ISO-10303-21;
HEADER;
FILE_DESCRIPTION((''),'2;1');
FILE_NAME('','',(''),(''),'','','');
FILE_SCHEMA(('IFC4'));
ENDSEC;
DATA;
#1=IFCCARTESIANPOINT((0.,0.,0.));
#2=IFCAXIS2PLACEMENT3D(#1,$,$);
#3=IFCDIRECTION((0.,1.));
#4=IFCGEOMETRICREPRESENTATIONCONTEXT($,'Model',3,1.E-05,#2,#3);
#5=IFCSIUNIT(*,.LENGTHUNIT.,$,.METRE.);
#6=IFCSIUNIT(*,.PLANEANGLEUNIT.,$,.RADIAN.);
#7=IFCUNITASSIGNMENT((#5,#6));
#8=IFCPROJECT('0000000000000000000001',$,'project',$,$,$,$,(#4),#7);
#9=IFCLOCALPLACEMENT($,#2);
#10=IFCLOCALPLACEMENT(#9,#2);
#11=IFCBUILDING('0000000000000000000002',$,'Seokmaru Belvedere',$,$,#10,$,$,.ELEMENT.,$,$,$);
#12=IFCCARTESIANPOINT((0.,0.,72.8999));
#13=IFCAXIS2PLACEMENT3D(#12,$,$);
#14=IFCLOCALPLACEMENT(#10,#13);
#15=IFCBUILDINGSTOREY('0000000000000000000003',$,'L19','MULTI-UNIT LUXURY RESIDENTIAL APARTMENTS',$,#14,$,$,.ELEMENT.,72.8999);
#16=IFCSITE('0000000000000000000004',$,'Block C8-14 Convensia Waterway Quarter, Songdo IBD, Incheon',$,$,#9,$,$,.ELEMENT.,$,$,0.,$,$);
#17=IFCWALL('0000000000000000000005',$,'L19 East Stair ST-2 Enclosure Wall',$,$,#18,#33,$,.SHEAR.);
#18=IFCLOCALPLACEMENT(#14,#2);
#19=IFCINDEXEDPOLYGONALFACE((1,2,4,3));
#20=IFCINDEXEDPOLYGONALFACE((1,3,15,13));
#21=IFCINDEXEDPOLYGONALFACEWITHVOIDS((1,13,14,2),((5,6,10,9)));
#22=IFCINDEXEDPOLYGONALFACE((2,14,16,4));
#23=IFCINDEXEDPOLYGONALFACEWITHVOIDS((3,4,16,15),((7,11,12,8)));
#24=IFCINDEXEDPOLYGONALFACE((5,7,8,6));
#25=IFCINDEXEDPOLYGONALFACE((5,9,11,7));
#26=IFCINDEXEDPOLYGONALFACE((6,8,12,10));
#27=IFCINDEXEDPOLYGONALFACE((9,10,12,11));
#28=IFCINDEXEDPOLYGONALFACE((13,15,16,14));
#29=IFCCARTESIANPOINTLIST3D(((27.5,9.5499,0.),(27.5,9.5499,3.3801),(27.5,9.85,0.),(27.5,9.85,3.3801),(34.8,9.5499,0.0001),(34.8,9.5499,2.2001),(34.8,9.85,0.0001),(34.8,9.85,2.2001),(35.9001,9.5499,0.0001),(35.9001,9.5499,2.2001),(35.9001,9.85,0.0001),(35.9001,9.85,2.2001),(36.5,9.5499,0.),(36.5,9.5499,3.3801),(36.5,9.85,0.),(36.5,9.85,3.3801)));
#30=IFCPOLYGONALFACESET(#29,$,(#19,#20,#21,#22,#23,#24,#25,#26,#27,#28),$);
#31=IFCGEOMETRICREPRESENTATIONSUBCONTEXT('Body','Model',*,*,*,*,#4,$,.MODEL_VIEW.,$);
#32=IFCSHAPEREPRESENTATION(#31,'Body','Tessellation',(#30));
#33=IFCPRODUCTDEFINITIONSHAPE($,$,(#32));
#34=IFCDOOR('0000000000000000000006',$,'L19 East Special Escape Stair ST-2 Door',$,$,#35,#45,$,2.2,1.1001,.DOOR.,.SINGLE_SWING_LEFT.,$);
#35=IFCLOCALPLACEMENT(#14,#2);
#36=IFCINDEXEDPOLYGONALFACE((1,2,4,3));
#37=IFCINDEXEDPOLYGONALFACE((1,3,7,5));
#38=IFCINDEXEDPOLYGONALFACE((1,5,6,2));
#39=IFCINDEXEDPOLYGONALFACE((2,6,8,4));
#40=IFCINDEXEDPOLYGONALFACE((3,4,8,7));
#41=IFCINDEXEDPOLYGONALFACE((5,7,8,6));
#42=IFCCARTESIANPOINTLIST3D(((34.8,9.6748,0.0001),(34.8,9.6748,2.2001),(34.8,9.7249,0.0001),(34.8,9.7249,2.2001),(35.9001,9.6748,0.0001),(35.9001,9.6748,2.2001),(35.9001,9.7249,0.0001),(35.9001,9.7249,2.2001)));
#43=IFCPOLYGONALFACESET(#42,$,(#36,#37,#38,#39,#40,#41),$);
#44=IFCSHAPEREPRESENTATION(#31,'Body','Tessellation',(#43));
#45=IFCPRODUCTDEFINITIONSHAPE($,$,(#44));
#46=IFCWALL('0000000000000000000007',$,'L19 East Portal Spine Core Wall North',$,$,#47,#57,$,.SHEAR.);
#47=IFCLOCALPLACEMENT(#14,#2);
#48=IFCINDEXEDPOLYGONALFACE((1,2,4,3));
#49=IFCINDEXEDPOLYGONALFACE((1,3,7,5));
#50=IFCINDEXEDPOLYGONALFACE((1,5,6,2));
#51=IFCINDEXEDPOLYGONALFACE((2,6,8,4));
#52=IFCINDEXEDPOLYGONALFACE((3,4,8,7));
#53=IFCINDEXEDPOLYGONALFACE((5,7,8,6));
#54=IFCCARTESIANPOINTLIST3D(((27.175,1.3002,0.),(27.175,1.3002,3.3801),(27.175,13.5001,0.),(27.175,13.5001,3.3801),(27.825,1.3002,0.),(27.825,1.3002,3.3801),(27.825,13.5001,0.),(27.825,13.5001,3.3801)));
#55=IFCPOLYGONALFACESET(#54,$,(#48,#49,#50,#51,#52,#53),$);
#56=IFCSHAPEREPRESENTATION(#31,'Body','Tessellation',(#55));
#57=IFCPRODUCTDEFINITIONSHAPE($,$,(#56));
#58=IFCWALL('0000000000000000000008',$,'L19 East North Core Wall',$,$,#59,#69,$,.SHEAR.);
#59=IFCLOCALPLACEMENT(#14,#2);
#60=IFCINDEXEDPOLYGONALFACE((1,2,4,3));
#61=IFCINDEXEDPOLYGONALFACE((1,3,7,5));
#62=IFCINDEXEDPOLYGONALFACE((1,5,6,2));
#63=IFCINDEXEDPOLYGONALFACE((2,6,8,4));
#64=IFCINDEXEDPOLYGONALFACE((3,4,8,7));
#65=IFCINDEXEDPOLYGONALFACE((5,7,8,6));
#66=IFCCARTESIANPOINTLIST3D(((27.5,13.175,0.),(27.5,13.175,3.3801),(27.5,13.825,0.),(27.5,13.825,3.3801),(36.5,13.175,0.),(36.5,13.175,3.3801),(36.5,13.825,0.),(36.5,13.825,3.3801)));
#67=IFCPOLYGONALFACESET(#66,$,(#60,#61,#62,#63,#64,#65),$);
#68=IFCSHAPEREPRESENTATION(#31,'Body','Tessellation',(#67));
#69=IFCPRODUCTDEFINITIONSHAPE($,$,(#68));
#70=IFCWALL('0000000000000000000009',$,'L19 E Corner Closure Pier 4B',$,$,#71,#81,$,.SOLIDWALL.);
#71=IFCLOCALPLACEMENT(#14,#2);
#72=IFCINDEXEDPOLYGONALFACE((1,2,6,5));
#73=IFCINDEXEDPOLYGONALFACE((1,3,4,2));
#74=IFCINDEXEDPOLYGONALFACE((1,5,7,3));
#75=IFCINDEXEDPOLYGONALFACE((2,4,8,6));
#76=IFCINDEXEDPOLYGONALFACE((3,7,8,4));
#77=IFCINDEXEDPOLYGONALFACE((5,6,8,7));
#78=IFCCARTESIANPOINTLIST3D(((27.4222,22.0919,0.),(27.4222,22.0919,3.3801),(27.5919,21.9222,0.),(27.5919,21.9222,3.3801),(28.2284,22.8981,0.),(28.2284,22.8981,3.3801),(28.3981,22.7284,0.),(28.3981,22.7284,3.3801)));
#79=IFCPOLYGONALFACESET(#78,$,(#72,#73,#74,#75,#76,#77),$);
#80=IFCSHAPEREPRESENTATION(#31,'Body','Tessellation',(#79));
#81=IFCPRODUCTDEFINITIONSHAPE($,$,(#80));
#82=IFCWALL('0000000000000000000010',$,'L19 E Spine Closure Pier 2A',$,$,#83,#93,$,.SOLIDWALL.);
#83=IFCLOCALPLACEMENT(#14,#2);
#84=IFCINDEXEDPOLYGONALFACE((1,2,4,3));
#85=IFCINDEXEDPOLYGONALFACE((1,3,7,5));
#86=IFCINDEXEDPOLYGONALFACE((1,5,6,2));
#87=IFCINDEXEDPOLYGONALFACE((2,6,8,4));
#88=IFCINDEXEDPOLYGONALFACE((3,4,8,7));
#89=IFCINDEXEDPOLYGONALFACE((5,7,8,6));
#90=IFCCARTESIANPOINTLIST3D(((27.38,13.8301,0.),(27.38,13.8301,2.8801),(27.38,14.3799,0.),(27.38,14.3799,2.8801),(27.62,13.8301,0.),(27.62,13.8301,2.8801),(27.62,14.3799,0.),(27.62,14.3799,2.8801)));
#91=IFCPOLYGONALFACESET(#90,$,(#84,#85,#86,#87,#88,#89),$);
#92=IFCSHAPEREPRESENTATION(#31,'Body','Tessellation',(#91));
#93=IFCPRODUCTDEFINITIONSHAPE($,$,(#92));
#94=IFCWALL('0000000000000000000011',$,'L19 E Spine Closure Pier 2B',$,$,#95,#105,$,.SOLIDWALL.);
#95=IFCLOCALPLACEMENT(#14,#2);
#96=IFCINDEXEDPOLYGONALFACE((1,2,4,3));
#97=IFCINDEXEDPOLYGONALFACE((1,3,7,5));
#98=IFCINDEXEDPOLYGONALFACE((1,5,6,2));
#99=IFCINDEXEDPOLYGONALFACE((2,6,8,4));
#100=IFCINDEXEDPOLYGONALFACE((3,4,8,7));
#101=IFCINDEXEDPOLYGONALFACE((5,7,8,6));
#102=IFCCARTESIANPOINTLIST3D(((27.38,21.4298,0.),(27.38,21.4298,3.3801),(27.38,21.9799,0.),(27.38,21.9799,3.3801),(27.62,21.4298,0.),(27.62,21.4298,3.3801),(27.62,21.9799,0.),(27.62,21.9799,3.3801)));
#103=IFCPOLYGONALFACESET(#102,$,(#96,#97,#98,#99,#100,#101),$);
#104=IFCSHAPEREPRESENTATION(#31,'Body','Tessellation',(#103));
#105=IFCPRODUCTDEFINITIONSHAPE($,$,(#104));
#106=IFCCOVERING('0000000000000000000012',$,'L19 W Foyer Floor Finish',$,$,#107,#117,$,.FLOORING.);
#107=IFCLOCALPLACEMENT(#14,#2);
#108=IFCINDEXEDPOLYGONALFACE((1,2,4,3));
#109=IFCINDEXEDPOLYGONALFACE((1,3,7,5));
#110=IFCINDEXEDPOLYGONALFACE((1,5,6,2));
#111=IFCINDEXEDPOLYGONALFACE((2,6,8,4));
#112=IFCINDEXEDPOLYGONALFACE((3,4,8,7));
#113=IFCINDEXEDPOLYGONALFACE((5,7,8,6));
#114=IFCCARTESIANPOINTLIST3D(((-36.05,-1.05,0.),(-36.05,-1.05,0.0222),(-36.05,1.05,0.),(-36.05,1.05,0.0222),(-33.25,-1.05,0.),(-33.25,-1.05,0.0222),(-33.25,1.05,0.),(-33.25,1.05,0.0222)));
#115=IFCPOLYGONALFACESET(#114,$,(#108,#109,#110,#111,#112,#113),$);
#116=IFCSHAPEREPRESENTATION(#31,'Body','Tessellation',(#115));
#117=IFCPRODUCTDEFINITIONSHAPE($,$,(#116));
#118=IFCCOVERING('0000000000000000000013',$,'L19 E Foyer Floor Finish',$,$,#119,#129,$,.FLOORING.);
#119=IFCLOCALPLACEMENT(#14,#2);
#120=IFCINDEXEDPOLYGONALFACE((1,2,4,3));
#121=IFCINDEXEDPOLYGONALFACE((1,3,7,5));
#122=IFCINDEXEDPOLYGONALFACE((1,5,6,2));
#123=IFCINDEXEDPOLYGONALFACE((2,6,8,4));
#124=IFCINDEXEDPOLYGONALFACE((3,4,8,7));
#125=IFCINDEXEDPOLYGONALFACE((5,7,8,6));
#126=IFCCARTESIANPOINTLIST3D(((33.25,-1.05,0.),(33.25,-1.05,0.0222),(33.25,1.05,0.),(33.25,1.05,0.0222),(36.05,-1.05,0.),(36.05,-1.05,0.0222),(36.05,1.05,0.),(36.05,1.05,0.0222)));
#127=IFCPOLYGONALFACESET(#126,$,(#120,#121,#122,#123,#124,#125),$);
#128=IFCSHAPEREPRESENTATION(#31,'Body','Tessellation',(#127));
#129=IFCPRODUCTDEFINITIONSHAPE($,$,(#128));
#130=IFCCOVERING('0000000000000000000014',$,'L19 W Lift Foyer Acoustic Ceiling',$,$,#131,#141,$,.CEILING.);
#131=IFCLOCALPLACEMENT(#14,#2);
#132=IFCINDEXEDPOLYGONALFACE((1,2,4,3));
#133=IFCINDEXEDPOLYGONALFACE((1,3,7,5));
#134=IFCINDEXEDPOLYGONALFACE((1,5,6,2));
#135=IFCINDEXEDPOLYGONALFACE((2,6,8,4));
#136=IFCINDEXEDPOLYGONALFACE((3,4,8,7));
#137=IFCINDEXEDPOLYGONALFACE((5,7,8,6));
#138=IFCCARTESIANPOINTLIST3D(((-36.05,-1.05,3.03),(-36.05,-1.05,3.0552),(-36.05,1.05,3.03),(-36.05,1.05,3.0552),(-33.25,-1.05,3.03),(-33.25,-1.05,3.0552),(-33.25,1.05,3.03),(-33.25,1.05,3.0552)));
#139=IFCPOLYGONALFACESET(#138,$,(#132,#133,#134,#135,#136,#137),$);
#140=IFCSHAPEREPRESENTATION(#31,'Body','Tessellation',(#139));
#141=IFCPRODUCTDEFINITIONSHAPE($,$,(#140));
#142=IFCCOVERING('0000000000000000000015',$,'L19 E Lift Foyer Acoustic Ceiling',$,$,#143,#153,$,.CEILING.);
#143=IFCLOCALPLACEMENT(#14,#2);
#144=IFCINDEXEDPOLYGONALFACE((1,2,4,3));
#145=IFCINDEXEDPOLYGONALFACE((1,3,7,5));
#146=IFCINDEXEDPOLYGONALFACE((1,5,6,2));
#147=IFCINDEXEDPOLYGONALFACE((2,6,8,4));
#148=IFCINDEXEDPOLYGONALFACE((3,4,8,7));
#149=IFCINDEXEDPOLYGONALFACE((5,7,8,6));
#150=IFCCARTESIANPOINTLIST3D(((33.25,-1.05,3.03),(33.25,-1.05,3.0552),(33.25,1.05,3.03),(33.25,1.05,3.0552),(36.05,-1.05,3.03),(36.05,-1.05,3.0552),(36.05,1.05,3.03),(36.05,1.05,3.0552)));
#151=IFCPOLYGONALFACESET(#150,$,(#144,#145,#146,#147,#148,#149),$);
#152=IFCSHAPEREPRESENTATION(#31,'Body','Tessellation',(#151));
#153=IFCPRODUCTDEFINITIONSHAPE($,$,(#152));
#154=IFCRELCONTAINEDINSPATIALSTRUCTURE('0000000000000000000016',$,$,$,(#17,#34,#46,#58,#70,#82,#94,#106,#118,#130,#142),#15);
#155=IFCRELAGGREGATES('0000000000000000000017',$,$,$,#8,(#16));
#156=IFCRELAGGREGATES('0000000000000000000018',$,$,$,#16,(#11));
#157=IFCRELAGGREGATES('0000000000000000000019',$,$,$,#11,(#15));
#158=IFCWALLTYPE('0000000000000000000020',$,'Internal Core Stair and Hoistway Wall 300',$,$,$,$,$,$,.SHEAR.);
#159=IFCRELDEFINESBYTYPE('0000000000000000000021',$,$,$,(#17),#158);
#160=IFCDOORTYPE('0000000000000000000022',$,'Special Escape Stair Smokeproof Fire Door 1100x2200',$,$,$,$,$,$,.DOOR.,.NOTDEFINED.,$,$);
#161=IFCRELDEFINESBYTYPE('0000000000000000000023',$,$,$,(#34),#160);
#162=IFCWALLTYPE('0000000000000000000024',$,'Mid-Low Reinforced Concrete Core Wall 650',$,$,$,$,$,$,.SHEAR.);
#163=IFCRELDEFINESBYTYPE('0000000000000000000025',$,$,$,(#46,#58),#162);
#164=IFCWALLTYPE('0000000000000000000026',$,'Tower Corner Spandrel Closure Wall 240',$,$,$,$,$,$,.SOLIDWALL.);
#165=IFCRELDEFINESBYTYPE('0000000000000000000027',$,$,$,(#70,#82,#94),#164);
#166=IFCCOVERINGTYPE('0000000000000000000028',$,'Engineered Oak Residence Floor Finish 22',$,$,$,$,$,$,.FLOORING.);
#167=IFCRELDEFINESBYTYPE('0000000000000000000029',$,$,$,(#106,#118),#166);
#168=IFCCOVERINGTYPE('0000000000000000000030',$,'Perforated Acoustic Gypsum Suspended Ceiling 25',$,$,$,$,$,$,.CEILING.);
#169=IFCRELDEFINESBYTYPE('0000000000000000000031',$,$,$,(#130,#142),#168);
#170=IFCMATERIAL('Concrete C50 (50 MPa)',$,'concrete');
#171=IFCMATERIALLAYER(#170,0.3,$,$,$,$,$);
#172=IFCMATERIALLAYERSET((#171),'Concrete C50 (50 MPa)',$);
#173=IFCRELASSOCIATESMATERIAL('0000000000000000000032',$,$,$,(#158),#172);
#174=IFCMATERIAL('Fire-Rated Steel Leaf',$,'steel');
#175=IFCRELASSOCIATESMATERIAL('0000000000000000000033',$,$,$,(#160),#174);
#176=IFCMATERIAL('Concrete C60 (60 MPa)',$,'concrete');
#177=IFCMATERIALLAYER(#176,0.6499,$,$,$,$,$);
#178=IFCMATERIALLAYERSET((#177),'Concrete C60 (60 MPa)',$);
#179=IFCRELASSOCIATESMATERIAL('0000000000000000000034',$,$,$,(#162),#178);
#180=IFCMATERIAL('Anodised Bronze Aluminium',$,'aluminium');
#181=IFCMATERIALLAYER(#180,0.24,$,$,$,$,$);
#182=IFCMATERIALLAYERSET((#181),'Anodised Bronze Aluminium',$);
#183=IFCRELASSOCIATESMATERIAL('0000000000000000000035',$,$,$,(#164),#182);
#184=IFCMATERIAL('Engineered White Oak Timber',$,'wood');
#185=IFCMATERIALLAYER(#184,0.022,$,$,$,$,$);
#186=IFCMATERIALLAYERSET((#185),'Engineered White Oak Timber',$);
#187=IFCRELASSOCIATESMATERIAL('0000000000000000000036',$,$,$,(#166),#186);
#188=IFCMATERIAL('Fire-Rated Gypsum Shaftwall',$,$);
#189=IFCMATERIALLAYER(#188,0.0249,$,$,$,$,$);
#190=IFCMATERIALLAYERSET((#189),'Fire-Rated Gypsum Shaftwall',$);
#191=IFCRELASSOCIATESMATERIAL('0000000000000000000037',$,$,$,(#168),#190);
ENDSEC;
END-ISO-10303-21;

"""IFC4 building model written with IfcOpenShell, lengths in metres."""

from ifc_helpers import new_model, si_unit, direction, frame, frame_2d, origin, place, context, subcontext, project, spatial, polyline, rectangle, outline, extrude, source, transform, mapped, material, layer, layer_set, type_object, type_shapes, element, fill, save


model = new_model("IFC4")

# Units and contexts
model_context = context("Model", 3, precision=1e-05, world=origin(), true_north=direction((0.0, 1.0)))
body_context = subcontext(model_context, "Body", "Model", "MODEL_VIEW")
ifc_project = project(units=[si_unit("LENGTHUNIT", "METRE"), si_unit("PLANEANGLEUNIT", "RADIAN")], contexts=[model_context])

# Site, building, storey
site_placement = place(None, origin())
site = spatial("IfcSite", under=ifc_project, at=site_placement, Name="Block C8-14 Convensia Waterway Quarter, Songdo IBD, Incheon", CompositionType="ELEMENT", RefElevation=0.0)
building_placement = place(site_placement, origin())
building = spatial("IfcBuilding", under=site, at=building_placement, Name="Seokmaru Belvedere", CompositionType="ELEMENT")
storey_placement = place(building_placement, frame((0.0, 0.0, 72.8999)))
storey = spatial("IfcBuildingStorey", under=building, at=storey_placement, Name="L19", Description="MULTI-UNIT LUXURY RESIDENTIAL APARTMENTS", CompositionType="ELEMENT", Elevation=72.8999)

# Shared definitions
ifc_material_1 = material(Name="Anodised Bronze Aluminium", Category="aluminium")

# Shared definitions
ifc_material_2 = material(Name="Fire-Rated Gypsum Shaftwall")

# Shared definitions
ifc_material_3 = material(Name="Concrete C50 (50 MPa)", Category="concrete")

# Wall, opening, door
ifc_layer_1 = layer(ifc_material_3, 0.3)
ifc_layer_set_1 = layer_set([ifc_layer_1], Name="Concrete C50 (50 MPa)")
wall_type_1 = type_object("IfcWallType", Name="Internal Core Stair and Hoistway Wall 300", PredefinedType="SHEAR", material=ifc_layer_set_1)
wall_1_placement = place(storey_placement, frame((27.5, 9.7, 0.0), z_axis=(0.0, 0.0, 1.0), x_axis=(1.0, 0.0, 0.0)))
wall_1 = element("IfcWall", 1, at=wall_1_placement, inside=storey, type_object=wall_type_1, Name="L19 East Stair ST-2 Enclosure Wall", PredefinedType="SHEAR", context=body_context, shape_type="SweptSolid", body=[
    extrude(rectangle(XDim=9.0, YDim=0.3, at=frame_2d((4.5, 0.0))), origin(), (0.0, 0.0, 1.0), 3.3801),
])
opening_1_placement = place(wall_1_placement, frame((7.3, 0.0, 0.0)))
opening_1 = element("IfcOpeningElement", 2, at=opening_1_placement, cuts=wall_1, PredefinedType="OPENING", context=body_context, shape_type="SweptSolid", body=[
    extrude(rectangle(XDim=1.1001, YDim=2.2, at=frame_2d((0.55, 1.1001))), frame((0.0, 0.1602, 0.0), z_axis=(0.0, -1.0, 0.0), x_axis=(1.0, 0.0, 0.0)), (0.0, 0.0, 1.0), 0.3201),
])
ifc_material_4 = material(Name="Fire-Rated Steel Leaf", Category="steel")
door_type = type_object("IfcDoorType", Name="Special Escape Stair Smokeproof Fire Door 1100x2200", OperationType="NOTDEFINED", PredefinedType="DOOR", material=ifc_material_4)
shared_shape_1 = source(origin(), body_context, "Body", "SweptSolid", [
    extrude(rectangle(XDim=1.1001, YDim=2.2, at=frame_2d((0.55, 1.1001))), frame((0.0, 0.0249, 0.0), z_axis=(0.0, -1.0, 0.0), x_axis=(1.0, 0.0, 0.0)), (0.0, 0.0, 1.0), 0.05),
])
type_shapes(door_type, [shared_shape_1])
door_placement = place(opening_1_placement, origin())
door = element("IfcDoor", 3, at=door_placement, inside=storey, type_object=door_type, Name="L19 East Special Escape Stair ST-2 Door", OperationType="SINGLE_SWING_LEFT", OverallHeight=2.2, OverallWidth=1.1001, PredefinedType="DOOR", context=body_context, shape_type="MappedRepresentation", body=[
    mapped(shared_shape_1, transform((0.0, 0.0, 0.0), scale=1.0)),
])
fill(opening_1, door)

# Walls
ifc_material_5 = material(Name="Concrete C60 (60 MPa)", Category="concrete")
ifc_layer_2 = layer(ifc_material_5, 0.6499)
ifc_layer_set_2 = layer_set([ifc_layer_2], Name="Concrete C60 (60 MPa)")
wall_type_2 = type_object("IfcWallType", Name="Mid-Low Reinforced Concrete Core Wall 650", PredefinedType="SHEAR", material=ifc_layer_set_2)
wall_2_placement = place(storey_placement, frame((27.5, 1.3, 0.0), z_axis=(0.0, 0.0, 1.0), x_axis=(0.0, 1.0, 0.0)))
element("IfcWall", 4, at=wall_2_placement, inside=storey, type_object=wall_type_2, Name="L19 East Portal Spine Core Wall North", PredefinedType="SHEAR", context=body_context, shape_type="SweptSolid", body=[
    extrude(rectangle(XDim=12.2, YDim=0.6499, at=frame_2d((6.1001, 0.0))), origin(), (0.0, 0.0, 1.0), 3.3801),
])
wall_3_placement = place(storey_placement, frame((27.5, 13.5, 0.0), z_axis=(0.0, 0.0, 1.0), x_axis=(1.0, 0.0, 0.0)))
element("IfcWall", 5, at=wall_3_placement, inside=storey, type_object=wall_type_2, Name="L19 East North Core Wall", PredefinedType="SHEAR", context=body_context, shape_type="SweptSolid", body=[
    extrude(rectangle(XDim=9.0, YDim=0.6499, at=frame_2d((4.5, 0.0))), origin(), (0.0, 0.0, 1.0), 3.3801),
])
ifc_layer_3 = layer(ifc_material_1, 0.24)
ifc_layer_set_3 = layer_set([ifc_layer_3], Name="Anodised Bronze Aluminium")
wall_type_3 = type_object("IfcWallType", Name="Tower Corner Spandrel Closure Wall 240", PredefinedType="SOLIDWALL", material=ifc_layer_set_3)
wall_4_placement = place(storey_placement, frame((28.3132, 22.8132, 0.0), z_axis=(0.0, 0.0, 1.0), x_axis=(-0.707107, -0.707107, 0.0)))
element("IfcWall", 6, at=wall_4_placement, inside=storey, type_object=wall_type_3, Name="L19 E Corner Closure Pier 4B", PredefinedType="SOLIDWALL", context=body_context, shape_type="SweptSolid", body=[
    extrude(rectangle(XDim=1.1401, YDim=0.24, at=frame_2d((0.5701, 0.0))), origin(), (0.0, 0.0, 1.0), 3.3801),
])
wall_5_placement = place(storey_placement, frame((27.5, 13.8301, 0.0), z_axis=(0.0, 0.0, 1.0), x_axis=(0.0, 1.0, 0.0)))
element("IfcWall", 7, at=wall_5_placement, inside=storey, type_object=wall_type_3, Name="L19 E Spine Closure Pier 2A", PredefinedType="SOLIDWALL", context=body_context, shape_type="SweptSolid", body=[
    extrude(rectangle(XDim=0.5498, YDim=0.24, at=frame_2d((0.2749, 0.0))), origin(), (0.0, 0.0, 1.0), 2.8801),
])
wall_6_placement = place(storey_placement, frame((27.5, 21.4299, 0.0), z_axis=(0.0, 0.0, 1.0), x_axis=(0.0, 1.0, 0.0)))
element("IfcWall", 8, at=wall_6_placement, inside=storey, type_object=wall_type_3, Name="L19 E Spine Closure Pier 2B", PredefinedType="SOLIDWALL", context=body_context, shape_type="SweptSolid", body=[
    extrude(rectangle(XDim=0.55, YDim=0.24, at=frame_2d((0.2749, 0.0))), origin(), (0.0, 0.0, 1.0), 3.3801),
])

# Coverings
ifc_material_6 = material(Name="Engineered White Oak Timber", Category="wood")
ifc_layer_4 = layer(ifc_material_6, 0.022)
ifc_layer_set_4 = layer_set([ifc_layer_4], Name="Engineered White Oak Timber")
covering_type_1 = type_object("IfcCoveringType", Name="Engineered Oak Residence Floor Finish 22", PredefinedType="FLOORING", material=ifc_layer_set_4)
covering_1_placement = place(storey_placement, origin())
element("IfcCovering", 9, at=covering_1_placement, inside=storey, type_object=covering_type_1, Name="L19 W Foyer Floor Finish", PredefinedType="FLOORING", context=body_context, shape_type="SweptSolid", body=[
    extrude(outline(polyline([(-36.05, -1.05), (-33.25, -1.05), (-33.25, 1.05), (-36.05, 1.05), (-36.05, -1.05)])), origin(), (0.0, 0.0, 1.0), 0.0222),
])
covering_2_placement = place(storey_placement, origin())
element("IfcCovering", 10, at=covering_2_placement, inside=storey, type_object=covering_type_1, Name="L19 E Foyer Floor Finish", PredefinedType="FLOORING", context=body_context, shape_type="SweptSolid", body=[
    extrude(outline(polyline([(33.25, -1.05), (36.05, -1.05), (36.05, 1.05), (33.25, 1.05), (33.25, -1.05)])), origin(), (0.0, 0.0, 1.0), 0.0222),
])
ifc_layer_5 = layer(ifc_material_2, 0.0249)
ifc_layer_set_5 = layer_set([ifc_layer_5], Name="Fire-Rated Gypsum Shaftwall")
covering_type_2 = type_object("IfcCoveringType", Name="Perforated Acoustic Gypsum Suspended Ceiling 25", PredefinedType="CEILING", material=ifc_layer_set_5)
covering_3_placement = place(storey_placement, frame((0.0, 0.0, 3.03)))
element("IfcCovering", 11, at=covering_3_placement, inside=storey, type_object=covering_type_2, Name="L19 W Lift Foyer Acoustic Ceiling", PredefinedType="CEILING", context=body_context, shape_type="SweptSolid", body=[
    extrude(outline(polyline([(-36.05, -1.05), (-33.25, -1.05), (-33.25, 1.05), (-36.05, 1.05), (-36.05, -1.05)])), origin(), (0.0, 0.0, 1.0), 0.0251),
])
covering_4_placement = place(storey_placement, frame((0.0, 0.0, 3.03)))
element("IfcCovering", 12, at=covering_4_placement, inside=storey, type_object=covering_type_2, Name="L19 E Lift Foyer Acoustic Ceiling", PredefinedType="CEILING", context=body_context, shape_type="SweptSolid", body=[
    extrude(outline(polyline([(33.25, -1.05), (36.05, -1.05), (36.05, 1.05), (33.25, 1.05), (33.25, -1.05)])), origin(), (0.0, 0.0, 1.0), 0.0251),
])

save(model, "model.ifc")
